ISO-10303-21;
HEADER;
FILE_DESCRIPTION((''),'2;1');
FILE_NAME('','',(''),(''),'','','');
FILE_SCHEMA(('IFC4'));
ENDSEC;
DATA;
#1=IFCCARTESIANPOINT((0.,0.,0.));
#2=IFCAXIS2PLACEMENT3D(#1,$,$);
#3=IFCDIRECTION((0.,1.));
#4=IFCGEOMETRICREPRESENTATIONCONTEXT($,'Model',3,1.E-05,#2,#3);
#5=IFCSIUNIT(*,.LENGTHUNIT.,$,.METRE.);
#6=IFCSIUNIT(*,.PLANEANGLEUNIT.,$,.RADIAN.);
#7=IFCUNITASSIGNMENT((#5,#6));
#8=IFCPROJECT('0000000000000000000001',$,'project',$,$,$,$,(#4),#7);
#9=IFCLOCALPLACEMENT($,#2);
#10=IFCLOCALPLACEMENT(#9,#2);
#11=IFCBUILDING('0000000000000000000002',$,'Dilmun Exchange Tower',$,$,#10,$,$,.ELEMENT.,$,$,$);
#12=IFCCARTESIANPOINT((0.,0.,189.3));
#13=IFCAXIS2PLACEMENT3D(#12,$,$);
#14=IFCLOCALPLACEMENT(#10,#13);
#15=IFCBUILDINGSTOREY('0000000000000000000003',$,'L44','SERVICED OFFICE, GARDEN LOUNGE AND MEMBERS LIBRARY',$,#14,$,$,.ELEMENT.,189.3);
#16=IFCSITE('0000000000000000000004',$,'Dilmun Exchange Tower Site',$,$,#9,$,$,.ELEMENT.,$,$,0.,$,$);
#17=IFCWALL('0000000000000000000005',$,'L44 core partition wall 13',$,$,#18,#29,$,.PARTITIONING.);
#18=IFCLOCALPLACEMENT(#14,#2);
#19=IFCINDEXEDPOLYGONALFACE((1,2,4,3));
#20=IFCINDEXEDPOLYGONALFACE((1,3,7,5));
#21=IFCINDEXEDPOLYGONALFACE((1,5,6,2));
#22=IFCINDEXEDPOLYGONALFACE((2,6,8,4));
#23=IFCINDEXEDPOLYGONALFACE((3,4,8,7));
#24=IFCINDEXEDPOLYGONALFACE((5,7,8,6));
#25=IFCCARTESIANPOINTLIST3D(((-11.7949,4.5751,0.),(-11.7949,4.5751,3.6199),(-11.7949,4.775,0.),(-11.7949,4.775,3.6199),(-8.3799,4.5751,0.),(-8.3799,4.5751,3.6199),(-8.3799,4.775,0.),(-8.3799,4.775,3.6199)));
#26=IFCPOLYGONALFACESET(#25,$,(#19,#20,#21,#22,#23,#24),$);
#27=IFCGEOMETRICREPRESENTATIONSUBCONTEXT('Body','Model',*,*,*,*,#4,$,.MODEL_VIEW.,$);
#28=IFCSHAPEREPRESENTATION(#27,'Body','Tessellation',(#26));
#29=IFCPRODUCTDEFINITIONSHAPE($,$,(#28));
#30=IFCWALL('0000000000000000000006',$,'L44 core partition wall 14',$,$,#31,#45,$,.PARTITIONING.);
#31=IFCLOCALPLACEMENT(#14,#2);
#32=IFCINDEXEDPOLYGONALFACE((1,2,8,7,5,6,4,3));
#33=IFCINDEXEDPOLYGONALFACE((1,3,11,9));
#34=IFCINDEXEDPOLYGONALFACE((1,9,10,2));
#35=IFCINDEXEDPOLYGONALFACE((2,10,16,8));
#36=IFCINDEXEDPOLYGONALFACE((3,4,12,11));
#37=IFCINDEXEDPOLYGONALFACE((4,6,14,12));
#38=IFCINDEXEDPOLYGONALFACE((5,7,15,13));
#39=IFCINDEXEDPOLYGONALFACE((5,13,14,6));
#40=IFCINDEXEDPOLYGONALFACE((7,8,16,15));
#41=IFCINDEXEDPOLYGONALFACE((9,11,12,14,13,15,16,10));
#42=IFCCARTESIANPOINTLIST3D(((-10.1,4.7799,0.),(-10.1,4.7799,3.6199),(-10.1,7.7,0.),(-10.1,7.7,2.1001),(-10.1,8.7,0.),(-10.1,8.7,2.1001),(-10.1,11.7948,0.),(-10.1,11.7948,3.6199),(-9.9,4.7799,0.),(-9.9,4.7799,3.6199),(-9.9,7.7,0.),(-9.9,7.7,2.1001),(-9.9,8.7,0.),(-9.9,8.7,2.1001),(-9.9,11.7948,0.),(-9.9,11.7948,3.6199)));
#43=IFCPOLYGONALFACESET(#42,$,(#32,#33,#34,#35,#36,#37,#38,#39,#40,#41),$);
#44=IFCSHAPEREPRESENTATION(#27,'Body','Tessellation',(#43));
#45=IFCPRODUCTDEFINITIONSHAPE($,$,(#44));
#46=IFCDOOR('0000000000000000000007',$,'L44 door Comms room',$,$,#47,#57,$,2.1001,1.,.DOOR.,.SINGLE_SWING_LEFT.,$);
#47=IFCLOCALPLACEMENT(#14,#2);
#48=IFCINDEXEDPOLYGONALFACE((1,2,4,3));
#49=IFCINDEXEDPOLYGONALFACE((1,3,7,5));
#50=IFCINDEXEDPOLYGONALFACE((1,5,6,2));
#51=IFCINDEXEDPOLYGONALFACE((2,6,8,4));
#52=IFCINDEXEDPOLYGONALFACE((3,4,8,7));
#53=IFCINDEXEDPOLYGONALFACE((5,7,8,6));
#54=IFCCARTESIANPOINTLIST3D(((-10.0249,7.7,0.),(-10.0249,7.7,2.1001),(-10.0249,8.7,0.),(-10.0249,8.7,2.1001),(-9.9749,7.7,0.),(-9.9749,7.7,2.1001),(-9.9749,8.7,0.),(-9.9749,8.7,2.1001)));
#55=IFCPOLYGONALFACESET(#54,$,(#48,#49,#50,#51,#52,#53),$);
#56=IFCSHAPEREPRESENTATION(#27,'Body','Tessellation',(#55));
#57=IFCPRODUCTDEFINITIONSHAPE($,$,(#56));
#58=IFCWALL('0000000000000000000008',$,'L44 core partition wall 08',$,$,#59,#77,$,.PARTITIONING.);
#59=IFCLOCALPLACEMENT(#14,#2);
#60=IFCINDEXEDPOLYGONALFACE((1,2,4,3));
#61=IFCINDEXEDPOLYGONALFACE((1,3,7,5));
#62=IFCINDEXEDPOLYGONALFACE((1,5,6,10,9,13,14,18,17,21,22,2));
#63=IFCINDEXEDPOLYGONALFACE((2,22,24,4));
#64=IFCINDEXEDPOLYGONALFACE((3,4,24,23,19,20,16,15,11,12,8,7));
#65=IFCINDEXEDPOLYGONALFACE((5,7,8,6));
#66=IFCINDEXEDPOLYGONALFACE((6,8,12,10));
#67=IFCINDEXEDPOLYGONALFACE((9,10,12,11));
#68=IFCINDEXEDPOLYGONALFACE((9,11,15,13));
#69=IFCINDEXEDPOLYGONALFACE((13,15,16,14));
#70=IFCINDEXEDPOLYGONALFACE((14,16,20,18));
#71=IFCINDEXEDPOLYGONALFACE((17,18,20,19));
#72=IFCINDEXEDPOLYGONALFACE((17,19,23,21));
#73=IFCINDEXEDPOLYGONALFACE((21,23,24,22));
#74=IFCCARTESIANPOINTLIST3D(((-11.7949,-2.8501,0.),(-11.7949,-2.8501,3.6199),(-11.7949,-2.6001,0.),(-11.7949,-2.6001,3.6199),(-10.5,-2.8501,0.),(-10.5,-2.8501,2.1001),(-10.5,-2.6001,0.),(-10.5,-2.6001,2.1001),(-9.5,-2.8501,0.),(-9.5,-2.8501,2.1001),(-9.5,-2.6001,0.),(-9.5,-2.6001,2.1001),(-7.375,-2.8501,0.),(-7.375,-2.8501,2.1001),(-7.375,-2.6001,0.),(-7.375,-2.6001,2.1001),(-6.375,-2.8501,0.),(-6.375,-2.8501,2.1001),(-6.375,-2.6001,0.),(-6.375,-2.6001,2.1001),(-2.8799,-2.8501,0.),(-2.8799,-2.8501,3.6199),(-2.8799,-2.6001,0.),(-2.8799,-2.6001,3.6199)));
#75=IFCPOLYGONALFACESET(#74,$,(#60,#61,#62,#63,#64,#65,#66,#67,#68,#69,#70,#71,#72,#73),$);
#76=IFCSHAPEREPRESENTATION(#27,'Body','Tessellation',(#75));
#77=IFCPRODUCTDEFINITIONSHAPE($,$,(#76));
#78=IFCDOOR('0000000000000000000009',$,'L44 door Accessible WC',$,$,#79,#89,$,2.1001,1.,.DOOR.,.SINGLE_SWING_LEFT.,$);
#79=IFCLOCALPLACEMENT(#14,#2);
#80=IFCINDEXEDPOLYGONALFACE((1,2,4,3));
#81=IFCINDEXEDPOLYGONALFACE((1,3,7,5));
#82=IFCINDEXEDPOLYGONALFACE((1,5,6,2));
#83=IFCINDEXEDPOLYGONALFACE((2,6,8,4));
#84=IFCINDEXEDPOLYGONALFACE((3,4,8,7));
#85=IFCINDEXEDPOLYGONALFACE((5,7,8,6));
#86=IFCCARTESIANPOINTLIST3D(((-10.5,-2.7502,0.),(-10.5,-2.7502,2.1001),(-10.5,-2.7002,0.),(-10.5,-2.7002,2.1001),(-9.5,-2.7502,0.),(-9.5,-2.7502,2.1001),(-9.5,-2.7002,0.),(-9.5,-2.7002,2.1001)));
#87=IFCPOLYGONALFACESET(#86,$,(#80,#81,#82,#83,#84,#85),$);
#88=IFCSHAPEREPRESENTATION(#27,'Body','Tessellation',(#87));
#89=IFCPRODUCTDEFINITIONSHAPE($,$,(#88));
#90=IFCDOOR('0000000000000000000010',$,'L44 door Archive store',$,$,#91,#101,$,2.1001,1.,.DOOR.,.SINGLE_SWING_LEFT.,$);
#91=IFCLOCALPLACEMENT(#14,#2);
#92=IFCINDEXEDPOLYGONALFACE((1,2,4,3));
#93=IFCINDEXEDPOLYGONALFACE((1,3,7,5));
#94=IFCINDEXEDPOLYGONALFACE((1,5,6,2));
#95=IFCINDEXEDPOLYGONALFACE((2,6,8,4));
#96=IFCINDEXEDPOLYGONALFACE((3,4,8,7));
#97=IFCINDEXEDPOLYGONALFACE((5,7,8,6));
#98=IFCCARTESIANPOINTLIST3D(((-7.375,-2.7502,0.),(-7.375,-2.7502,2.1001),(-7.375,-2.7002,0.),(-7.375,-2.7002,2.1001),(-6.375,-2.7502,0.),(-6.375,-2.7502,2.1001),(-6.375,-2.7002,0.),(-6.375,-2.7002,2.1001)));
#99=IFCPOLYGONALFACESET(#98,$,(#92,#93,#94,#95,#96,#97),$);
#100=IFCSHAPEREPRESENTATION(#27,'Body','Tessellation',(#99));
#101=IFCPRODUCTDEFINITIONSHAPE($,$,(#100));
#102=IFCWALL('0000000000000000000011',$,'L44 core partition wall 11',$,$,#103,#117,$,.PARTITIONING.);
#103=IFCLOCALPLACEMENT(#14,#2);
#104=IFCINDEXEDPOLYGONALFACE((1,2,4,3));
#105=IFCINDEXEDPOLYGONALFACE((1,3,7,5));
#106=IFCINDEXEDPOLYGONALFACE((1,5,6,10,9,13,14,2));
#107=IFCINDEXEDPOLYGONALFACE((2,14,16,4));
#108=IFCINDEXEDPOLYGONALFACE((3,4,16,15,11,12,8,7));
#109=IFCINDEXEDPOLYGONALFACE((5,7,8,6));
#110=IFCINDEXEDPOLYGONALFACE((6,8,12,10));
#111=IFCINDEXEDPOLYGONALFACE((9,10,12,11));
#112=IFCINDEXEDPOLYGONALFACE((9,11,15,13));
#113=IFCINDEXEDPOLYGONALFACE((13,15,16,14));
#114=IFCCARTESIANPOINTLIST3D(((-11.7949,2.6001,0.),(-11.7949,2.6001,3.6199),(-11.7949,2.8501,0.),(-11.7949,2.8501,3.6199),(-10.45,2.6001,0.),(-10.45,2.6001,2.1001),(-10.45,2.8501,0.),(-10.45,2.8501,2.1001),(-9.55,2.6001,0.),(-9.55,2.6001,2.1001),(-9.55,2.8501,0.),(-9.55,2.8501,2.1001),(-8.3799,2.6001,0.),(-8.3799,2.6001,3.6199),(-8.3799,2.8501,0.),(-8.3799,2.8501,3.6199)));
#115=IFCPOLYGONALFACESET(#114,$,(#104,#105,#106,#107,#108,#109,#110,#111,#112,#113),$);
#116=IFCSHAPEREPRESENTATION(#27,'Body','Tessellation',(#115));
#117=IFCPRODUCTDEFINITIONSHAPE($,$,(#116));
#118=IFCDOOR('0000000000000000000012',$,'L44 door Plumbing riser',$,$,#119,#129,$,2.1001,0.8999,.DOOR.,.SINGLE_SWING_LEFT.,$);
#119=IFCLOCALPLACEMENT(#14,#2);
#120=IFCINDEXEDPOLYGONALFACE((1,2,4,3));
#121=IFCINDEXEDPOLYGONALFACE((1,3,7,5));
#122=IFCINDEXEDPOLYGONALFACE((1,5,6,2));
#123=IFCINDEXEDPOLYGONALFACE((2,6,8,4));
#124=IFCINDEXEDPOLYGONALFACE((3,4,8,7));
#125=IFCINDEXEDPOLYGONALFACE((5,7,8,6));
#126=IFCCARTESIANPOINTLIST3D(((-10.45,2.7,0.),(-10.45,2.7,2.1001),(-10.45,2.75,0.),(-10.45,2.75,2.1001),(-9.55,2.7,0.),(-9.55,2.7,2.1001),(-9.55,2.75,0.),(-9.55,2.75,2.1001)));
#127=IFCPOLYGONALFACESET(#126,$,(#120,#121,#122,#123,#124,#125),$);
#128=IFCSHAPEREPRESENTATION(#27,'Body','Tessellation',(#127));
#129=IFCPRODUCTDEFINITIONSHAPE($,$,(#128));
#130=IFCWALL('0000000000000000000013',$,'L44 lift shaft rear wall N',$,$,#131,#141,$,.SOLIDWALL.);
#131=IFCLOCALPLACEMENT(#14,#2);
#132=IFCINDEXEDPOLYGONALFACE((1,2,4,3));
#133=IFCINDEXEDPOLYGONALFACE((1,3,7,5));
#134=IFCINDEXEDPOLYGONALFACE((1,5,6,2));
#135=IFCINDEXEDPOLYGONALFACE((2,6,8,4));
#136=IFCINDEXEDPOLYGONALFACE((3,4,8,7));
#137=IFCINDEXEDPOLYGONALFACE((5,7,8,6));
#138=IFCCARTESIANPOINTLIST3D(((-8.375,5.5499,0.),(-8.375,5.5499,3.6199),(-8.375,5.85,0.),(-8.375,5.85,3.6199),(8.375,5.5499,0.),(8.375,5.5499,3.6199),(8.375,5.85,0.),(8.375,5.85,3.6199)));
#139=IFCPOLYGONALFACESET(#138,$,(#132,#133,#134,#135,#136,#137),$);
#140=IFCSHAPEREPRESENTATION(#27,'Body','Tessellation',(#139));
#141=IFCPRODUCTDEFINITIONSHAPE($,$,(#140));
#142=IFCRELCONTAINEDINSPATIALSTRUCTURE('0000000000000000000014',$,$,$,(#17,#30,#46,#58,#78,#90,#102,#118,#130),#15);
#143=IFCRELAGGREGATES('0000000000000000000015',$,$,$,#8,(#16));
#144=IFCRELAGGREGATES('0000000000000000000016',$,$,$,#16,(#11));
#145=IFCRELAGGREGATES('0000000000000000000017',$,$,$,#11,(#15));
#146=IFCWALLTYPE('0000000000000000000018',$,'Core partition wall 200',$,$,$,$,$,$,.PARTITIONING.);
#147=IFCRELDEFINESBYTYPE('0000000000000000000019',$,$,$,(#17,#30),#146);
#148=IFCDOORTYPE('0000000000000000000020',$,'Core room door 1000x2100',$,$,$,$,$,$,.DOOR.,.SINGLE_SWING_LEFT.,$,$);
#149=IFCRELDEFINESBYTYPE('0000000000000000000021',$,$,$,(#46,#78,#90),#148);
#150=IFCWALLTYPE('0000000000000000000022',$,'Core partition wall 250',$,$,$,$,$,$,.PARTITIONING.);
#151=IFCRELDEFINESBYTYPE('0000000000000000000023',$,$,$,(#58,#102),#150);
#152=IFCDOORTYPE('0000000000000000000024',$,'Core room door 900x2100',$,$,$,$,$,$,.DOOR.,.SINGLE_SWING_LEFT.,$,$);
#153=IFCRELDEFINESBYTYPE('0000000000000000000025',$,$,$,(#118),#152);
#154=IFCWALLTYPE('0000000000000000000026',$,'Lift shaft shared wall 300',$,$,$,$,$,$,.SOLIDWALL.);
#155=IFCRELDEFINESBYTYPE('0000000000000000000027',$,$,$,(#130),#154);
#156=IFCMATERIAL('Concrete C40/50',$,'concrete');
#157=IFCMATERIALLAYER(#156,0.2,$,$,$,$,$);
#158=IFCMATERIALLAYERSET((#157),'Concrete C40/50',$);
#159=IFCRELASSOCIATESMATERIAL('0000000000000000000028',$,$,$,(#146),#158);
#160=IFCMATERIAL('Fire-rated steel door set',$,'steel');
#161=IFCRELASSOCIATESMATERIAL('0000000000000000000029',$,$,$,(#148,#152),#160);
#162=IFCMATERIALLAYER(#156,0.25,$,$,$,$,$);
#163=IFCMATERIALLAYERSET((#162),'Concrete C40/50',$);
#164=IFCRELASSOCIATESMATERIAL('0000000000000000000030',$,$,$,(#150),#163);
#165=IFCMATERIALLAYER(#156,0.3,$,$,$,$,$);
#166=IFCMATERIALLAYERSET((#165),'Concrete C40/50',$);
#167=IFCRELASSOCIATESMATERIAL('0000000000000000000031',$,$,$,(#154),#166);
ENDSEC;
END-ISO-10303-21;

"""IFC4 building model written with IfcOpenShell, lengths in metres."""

from ifc_helpers import new_model, si_unit, direction, frame, frame_2d, origin, place, context, subcontext, project, spatial, rectangle, extrude, material, layer, layer_set, type_object, element, fill, save


model = new_model("IFC4")

# Units and contexts
model_context = context("Model", 3, precision=1e-05, world=origin(), true_north=direction((0.0, 1.0)))
body_context = subcontext(model_context, "Body", "Model", "MODEL_VIEW")
ifc_project = project(units=[si_unit("LENGTHUNIT", "METRE"), si_unit("PLANEANGLEUNIT", "RADIAN")], contexts=[model_context])

# Site, building, storey
site_placement = place(None, origin())
site = spatial("IfcSite", under=ifc_project, at=site_placement, Name="Dilmun Exchange Tower Site", CompositionType="ELEMENT", RefElevation=0.0)
building_placement = place(site_placement, origin())
building = spatial("IfcBuilding", under=site, at=building_placement, Name="Dilmun Exchange Tower", CompositionType="ELEMENT")
storey_placement = place(building_placement, frame((0.0, 0.0, 189.3)))
storey = spatial("IfcBuildingStorey", under=building, at=storey_placement, Name="L44", Description="SERVICED OFFICE, GARDEN LOUNGE AND MEMBERS LIBRARY", CompositionType="ELEMENT", Elevation=189.3)

# Wall
ifc_material_1 = material(Name="Concrete C40/50", Category="concrete")
ifc_layer_1 = layer(ifc_material_1, 0.2)
ifc_layer_set_1 = layer_set([ifc_layer_1], Name="Concrete C40/50")
wall_type_1 = type_object("IfcWallType", Name="Core partition wall 200", PredefinedType="PARTITIONING", material=ifc_layer_set_1)
wall_1_placement = place(storey_placement, frame((-11.7949, 4.675, 0.0), z_axis=(0.0, 0.0, 1.0), x_axis=(1.0, 0.0, 0.0)))
element("IfcWall", 1, at=wall_1_placement, inside=storey, type_object=wall_type_1, Name="L44 core partition wall 13", PredefinedType="PARTITIONING", context=body_context, shape_type="SweptSolid", body=[
    extrude(rectangle(XDim=3.415, YDim=0.2, at=frame_2d((1.7075, 0.0))), origin(), (0.0, 0.0, 1.0), 3.6199),
])

# Wall, opening, door
wall_2_placement = place(storey_placement, frame((-10.0, 4.78, 0.0), z_axis=(0.0, 0.0, 1.0), x_axis=(0.0, 1.0, 0.0)))
wall_2 = element("IfcWall", 2, at=wall_2_placement, inside=storey, type_object=wall_type_1, Name="L44 core partition wall 14", PredefinedType="PARTITIONING", context=body_context, shape_type="SweptSolid", body=[
    extrude(rectangle(XDim=7.0149, YDim=0.2, at=frame_2d((3.5073, 0.0))), origin(), (0.0, 0.0, 1.0), 3.6199),
])
opening_1_placement = place(wall_2_placement, frame((2.9199, 0.0, 0.0)))
opening_1 = element("IfcOpeningElement", 3, at=opening_1_placement, cuts=wall_2, PredefinedType="OPENING", context=body_context, shape_type="SweptSolid", body=[
    extrude(rectangle(XDim=1.0, YDim=2.1001, at=frame_2d((0.5, 1.05))), frame((0.0, 0.1099, 0.0), z_axis=(0.0, -1.0, 0.0), x_axis=(1.0, 0.0, 0.0)), (0.0, 0.0, 1.0), 0.22),
])
ifc_material_2 = material(Name="Fire-rated steel door set", Category="steel")
door_type_1 = type_object("IfcDoorType", Name="Core room door 1000x2100", OperationType="SINGLE_SWING_LEFT", PredefinedType="DOOR", material=ifc_material_2)
door_1_placement = place(opening_1_placement, origin())
door_1 = element("IfcDoor", 4, at=door_1_placement, inside=storey, type_object=door_type_1, Name="L44 door Comms room", OperationType="SINGLE_SWING_LEFT", OverallHeight=2.1001, OverallWidth=1.0, PredefinedType="DOOR", context=body_context, shape_type="SweptSolid", body=[
    extrude(rectangle(XDim=1.0, YDim=2.1001, at=frame_2d((0.5, 1.05))), frame((0.0, 0.0249, 0.0), z_axis=(0.0, -1.0, 0.0), x_axis=(1.0, 0.0, 0.0)), (0.0, 0.0, 1.0), 0.05),
])
fill(opening_1, door_1)

# Wall, openings, doors
ifc_layer_2 = layer(ifc_material_1, 0.25)
ifc_layer_set_2 = layer_set([ifc_layer_2], Name="Concrete C40/50")
wall_type_2 = type_object("IfcWallType", Name="Core partition wall 250", PredefinedType="PARTITIONING", material=ifc_layer_set_2)
wall_3_placement = place(storey_placement, frame((-11.7949, -2.7251, 0.0), z_axis=(0.0, 0.0, 1.0), x_axis=(1.0, 0.0, 0.0)))
wall_3 = element("IfcWall", 5, at=wall_3_placement, inside=storey, type_object=wall_type_2, Name="L44 core partition wall 08", PredefinedType="PARTITIONING", context=body_context, shape_type="SweptSolid", body=[
    extrude(rectangle(XDim=8.915, YDim=0.25, at=frame_2d((4.4575, 0.0))), origin(), (0.0, 0.0, 1.0), 3.6199),
])
opening_2_placement = place(wall_3_placement, frame((1.2949, 0.0, 0.0)))
opening_2 = element("IfcOpeningElement", 6, at=opening_2_placement, cuts=wall_3, PredefinedType="OPENING", context=body_context, shape_type="SweptSolid", body=[
    extrude(rectangle(XDim=1.0, YDim=2.1001, at=frame_2d((0.5, 1.05))), frame((0.0, 0.135, 0.0), z_axis=(0.0, -1.0, 0.0), x_axis=(1.0, 0.0, 0.0)), (0.0, 0.0, 1.0), 0.27),
])
opening_3_placement = place(wall_3_placement, frame((4.4199, 0.0, 0.0)))
opening_3 = element("IfcOpeningElement", 7, at=opening_3_placement, cuts=wall_3, PredefinedType="OPENING", context=body_context, shape_type="SweptSolid", body=[
    extrude(rectangle(XDim=1.0, YDim=2.1001, at=frame_2d((0.5, 1.05))), frame((0.0, 0.135, 0.0), z_axis=(0.0, -1.0, 0.0), x_axis=(1.0, 0.0, 0.0)), (0.0, 0.0, 1.0), 0.27),
])
door_2_placement = place(opening_2_placement, origin())
door_2 = element("IfcDoor", 8, at=door_2_placement, inside=storey, type_object=door_type_1, Name="L44 door Accessible WC", OperationType="SINGLE_SWING_LEFT", OverallHeight=2.1001, OverallWidth=1.0, PredefinedType="DOOR", context=body_context, shape_type="SweptSolid", body=[
    extrude(rectangle(XDim=1.0, YDim=2.1001, at=frame_2d((0.5, 1.05))), frame((0.0, 0.0249, 0.0), z_axis=(0.0, -1.0, 0.0), x_axis=(1.0, 0.0, 0.0)), (0.0, 0.0, 1.0), 0.05),
])
fill(opening_2, door_2)
door_3_placement = place(opening_3_placement, origin())
door_3 = element("IfcDoor", 9, at=door_3_placement, inside=storey, type_object=door_type_1, Name="L44 door Archive store", OperationType="SINGLE_SWING_LEFT", OverallHeight=2.1001, OverallWidth=1.0, PredefinedType="DOOR", context=body_context, shape_type="SweptSolid", body=[
    extrude(rectangle(XDim=1.0, YDim=2.1001, at=frame_2d((0.5, 1.05))), frame((0.0, 0.0249, 0.0), z_axis=(0.0, -1.0, 0.0), x_axis=(1.0, 0.0, 0.0)), (0.0, 0.0, 1.0), 0.05),
])
fill(opening_3, door_3)

# Wall, opening, door
wall_4_placement = place(storey_placement, frame((-11.7949, 2.7251, 0.0), z_axis=(0.0, 0.0, 1.0), x_axis=(1.0, 0.0, 0.0)))
wall_4 = element("IfcWall", 10, at=wall_4_placement, inside=storey, type_object=wall_type_2, Name="L44 core partition wall 11", PredefinedType="PARTITIONING", context=body_context, shape_type="SweptSolid", body=[
    extrude(rectangle(XDim=3.415, YDim=0.25, at=frame_2d((1.7075, 0.0))), origin(), (0.0, 0.0, 1.0), 3.6199),
])
opening_4_placement = place(wall_4_placement, frame((1.345, 0.0, 0.0)))
opening_4 = element("IfcOpeningElement", 11, at=opening_4_placement, cuts=wall_4, PredefinedType="OPENING", context=body_context, shape_type="SweptSolid", body=[
    extrude(rectangle(XDim=0.8999, YDim=2.1001, at=frame_2d((0.45, 1.05))), frame((0.0, 0.135, 0.0), z_axis=(0.0, -1.0, 0.0), x_axis=(1.0, 0.0, 0.0)), (0.0, 0.0, 1.0), 0.27),
])
door_type_2 = type_object("IfcDoorType", Name="Core room door 900x2100", OperationType="SINGLE_SWING_LEFT", PredefinedType="DOOR", material=ifc_material_2)
door_4_placement = place(opening_4_placement, origin())
door_4 = element("IfcDoor", 12, at=door_4_placement, inside=storey, type_object=door_type_2, Name="L44 door Plumbing riser", OperationType="SINGLE_SWING_LEFT", OverallHeight=2.1001, OverallWidth=0.8999, PredefinedType="DOOR", context=body_context, shape_type="SweptSolid", body=[
    extrude(rectangle(XDim=0.8999, YDim=2.1001, at=frame_2d((0.45, 1.05))), frame((0.0, 0.0249, 0.0), z_axis=(0.0, -1.0, 0.0), x_axis=(1.0, 0.0, 0.0)), (0.0, 0.0, 1.0), 0.05),
])
fill(opening_4, door_4)

# Wall
ifc_layer_3 = layer(ifc_material_1, 0.3)
ifc_layer_set_3 = layer_set([ifc_layer_3], Name="Concrete C40/50")
wall_type_3 = type_object("IfcWallType", Name="Lift shaft shared wall 300", PredefinedType="SOLIDWALL", material=ifc_layer_set_3)
wall_5_placement = place(storey_placement, frame((-8.375, 5.7, 0.0), z_axis=(0.0, 0.0, 1.0), x_axis=(1.0, 0.0, 0.0)))
element("IfcWall", 13, at=wall_5_placement, inside=storey, type_object=wall_type_3, Name="L44 lift shaft rear wall N", PredefinedType="SOLIDWALL", context=body_context, shape_type="SweptSolid", body=[
    extrude(rectangle(XDim=16.75, YDim=0.3, at=frame_2d((8.375, 0.0))), origin(), (0.0, 0.0, 1.0), 3.6199),
])

save(model, "model.ifc")
